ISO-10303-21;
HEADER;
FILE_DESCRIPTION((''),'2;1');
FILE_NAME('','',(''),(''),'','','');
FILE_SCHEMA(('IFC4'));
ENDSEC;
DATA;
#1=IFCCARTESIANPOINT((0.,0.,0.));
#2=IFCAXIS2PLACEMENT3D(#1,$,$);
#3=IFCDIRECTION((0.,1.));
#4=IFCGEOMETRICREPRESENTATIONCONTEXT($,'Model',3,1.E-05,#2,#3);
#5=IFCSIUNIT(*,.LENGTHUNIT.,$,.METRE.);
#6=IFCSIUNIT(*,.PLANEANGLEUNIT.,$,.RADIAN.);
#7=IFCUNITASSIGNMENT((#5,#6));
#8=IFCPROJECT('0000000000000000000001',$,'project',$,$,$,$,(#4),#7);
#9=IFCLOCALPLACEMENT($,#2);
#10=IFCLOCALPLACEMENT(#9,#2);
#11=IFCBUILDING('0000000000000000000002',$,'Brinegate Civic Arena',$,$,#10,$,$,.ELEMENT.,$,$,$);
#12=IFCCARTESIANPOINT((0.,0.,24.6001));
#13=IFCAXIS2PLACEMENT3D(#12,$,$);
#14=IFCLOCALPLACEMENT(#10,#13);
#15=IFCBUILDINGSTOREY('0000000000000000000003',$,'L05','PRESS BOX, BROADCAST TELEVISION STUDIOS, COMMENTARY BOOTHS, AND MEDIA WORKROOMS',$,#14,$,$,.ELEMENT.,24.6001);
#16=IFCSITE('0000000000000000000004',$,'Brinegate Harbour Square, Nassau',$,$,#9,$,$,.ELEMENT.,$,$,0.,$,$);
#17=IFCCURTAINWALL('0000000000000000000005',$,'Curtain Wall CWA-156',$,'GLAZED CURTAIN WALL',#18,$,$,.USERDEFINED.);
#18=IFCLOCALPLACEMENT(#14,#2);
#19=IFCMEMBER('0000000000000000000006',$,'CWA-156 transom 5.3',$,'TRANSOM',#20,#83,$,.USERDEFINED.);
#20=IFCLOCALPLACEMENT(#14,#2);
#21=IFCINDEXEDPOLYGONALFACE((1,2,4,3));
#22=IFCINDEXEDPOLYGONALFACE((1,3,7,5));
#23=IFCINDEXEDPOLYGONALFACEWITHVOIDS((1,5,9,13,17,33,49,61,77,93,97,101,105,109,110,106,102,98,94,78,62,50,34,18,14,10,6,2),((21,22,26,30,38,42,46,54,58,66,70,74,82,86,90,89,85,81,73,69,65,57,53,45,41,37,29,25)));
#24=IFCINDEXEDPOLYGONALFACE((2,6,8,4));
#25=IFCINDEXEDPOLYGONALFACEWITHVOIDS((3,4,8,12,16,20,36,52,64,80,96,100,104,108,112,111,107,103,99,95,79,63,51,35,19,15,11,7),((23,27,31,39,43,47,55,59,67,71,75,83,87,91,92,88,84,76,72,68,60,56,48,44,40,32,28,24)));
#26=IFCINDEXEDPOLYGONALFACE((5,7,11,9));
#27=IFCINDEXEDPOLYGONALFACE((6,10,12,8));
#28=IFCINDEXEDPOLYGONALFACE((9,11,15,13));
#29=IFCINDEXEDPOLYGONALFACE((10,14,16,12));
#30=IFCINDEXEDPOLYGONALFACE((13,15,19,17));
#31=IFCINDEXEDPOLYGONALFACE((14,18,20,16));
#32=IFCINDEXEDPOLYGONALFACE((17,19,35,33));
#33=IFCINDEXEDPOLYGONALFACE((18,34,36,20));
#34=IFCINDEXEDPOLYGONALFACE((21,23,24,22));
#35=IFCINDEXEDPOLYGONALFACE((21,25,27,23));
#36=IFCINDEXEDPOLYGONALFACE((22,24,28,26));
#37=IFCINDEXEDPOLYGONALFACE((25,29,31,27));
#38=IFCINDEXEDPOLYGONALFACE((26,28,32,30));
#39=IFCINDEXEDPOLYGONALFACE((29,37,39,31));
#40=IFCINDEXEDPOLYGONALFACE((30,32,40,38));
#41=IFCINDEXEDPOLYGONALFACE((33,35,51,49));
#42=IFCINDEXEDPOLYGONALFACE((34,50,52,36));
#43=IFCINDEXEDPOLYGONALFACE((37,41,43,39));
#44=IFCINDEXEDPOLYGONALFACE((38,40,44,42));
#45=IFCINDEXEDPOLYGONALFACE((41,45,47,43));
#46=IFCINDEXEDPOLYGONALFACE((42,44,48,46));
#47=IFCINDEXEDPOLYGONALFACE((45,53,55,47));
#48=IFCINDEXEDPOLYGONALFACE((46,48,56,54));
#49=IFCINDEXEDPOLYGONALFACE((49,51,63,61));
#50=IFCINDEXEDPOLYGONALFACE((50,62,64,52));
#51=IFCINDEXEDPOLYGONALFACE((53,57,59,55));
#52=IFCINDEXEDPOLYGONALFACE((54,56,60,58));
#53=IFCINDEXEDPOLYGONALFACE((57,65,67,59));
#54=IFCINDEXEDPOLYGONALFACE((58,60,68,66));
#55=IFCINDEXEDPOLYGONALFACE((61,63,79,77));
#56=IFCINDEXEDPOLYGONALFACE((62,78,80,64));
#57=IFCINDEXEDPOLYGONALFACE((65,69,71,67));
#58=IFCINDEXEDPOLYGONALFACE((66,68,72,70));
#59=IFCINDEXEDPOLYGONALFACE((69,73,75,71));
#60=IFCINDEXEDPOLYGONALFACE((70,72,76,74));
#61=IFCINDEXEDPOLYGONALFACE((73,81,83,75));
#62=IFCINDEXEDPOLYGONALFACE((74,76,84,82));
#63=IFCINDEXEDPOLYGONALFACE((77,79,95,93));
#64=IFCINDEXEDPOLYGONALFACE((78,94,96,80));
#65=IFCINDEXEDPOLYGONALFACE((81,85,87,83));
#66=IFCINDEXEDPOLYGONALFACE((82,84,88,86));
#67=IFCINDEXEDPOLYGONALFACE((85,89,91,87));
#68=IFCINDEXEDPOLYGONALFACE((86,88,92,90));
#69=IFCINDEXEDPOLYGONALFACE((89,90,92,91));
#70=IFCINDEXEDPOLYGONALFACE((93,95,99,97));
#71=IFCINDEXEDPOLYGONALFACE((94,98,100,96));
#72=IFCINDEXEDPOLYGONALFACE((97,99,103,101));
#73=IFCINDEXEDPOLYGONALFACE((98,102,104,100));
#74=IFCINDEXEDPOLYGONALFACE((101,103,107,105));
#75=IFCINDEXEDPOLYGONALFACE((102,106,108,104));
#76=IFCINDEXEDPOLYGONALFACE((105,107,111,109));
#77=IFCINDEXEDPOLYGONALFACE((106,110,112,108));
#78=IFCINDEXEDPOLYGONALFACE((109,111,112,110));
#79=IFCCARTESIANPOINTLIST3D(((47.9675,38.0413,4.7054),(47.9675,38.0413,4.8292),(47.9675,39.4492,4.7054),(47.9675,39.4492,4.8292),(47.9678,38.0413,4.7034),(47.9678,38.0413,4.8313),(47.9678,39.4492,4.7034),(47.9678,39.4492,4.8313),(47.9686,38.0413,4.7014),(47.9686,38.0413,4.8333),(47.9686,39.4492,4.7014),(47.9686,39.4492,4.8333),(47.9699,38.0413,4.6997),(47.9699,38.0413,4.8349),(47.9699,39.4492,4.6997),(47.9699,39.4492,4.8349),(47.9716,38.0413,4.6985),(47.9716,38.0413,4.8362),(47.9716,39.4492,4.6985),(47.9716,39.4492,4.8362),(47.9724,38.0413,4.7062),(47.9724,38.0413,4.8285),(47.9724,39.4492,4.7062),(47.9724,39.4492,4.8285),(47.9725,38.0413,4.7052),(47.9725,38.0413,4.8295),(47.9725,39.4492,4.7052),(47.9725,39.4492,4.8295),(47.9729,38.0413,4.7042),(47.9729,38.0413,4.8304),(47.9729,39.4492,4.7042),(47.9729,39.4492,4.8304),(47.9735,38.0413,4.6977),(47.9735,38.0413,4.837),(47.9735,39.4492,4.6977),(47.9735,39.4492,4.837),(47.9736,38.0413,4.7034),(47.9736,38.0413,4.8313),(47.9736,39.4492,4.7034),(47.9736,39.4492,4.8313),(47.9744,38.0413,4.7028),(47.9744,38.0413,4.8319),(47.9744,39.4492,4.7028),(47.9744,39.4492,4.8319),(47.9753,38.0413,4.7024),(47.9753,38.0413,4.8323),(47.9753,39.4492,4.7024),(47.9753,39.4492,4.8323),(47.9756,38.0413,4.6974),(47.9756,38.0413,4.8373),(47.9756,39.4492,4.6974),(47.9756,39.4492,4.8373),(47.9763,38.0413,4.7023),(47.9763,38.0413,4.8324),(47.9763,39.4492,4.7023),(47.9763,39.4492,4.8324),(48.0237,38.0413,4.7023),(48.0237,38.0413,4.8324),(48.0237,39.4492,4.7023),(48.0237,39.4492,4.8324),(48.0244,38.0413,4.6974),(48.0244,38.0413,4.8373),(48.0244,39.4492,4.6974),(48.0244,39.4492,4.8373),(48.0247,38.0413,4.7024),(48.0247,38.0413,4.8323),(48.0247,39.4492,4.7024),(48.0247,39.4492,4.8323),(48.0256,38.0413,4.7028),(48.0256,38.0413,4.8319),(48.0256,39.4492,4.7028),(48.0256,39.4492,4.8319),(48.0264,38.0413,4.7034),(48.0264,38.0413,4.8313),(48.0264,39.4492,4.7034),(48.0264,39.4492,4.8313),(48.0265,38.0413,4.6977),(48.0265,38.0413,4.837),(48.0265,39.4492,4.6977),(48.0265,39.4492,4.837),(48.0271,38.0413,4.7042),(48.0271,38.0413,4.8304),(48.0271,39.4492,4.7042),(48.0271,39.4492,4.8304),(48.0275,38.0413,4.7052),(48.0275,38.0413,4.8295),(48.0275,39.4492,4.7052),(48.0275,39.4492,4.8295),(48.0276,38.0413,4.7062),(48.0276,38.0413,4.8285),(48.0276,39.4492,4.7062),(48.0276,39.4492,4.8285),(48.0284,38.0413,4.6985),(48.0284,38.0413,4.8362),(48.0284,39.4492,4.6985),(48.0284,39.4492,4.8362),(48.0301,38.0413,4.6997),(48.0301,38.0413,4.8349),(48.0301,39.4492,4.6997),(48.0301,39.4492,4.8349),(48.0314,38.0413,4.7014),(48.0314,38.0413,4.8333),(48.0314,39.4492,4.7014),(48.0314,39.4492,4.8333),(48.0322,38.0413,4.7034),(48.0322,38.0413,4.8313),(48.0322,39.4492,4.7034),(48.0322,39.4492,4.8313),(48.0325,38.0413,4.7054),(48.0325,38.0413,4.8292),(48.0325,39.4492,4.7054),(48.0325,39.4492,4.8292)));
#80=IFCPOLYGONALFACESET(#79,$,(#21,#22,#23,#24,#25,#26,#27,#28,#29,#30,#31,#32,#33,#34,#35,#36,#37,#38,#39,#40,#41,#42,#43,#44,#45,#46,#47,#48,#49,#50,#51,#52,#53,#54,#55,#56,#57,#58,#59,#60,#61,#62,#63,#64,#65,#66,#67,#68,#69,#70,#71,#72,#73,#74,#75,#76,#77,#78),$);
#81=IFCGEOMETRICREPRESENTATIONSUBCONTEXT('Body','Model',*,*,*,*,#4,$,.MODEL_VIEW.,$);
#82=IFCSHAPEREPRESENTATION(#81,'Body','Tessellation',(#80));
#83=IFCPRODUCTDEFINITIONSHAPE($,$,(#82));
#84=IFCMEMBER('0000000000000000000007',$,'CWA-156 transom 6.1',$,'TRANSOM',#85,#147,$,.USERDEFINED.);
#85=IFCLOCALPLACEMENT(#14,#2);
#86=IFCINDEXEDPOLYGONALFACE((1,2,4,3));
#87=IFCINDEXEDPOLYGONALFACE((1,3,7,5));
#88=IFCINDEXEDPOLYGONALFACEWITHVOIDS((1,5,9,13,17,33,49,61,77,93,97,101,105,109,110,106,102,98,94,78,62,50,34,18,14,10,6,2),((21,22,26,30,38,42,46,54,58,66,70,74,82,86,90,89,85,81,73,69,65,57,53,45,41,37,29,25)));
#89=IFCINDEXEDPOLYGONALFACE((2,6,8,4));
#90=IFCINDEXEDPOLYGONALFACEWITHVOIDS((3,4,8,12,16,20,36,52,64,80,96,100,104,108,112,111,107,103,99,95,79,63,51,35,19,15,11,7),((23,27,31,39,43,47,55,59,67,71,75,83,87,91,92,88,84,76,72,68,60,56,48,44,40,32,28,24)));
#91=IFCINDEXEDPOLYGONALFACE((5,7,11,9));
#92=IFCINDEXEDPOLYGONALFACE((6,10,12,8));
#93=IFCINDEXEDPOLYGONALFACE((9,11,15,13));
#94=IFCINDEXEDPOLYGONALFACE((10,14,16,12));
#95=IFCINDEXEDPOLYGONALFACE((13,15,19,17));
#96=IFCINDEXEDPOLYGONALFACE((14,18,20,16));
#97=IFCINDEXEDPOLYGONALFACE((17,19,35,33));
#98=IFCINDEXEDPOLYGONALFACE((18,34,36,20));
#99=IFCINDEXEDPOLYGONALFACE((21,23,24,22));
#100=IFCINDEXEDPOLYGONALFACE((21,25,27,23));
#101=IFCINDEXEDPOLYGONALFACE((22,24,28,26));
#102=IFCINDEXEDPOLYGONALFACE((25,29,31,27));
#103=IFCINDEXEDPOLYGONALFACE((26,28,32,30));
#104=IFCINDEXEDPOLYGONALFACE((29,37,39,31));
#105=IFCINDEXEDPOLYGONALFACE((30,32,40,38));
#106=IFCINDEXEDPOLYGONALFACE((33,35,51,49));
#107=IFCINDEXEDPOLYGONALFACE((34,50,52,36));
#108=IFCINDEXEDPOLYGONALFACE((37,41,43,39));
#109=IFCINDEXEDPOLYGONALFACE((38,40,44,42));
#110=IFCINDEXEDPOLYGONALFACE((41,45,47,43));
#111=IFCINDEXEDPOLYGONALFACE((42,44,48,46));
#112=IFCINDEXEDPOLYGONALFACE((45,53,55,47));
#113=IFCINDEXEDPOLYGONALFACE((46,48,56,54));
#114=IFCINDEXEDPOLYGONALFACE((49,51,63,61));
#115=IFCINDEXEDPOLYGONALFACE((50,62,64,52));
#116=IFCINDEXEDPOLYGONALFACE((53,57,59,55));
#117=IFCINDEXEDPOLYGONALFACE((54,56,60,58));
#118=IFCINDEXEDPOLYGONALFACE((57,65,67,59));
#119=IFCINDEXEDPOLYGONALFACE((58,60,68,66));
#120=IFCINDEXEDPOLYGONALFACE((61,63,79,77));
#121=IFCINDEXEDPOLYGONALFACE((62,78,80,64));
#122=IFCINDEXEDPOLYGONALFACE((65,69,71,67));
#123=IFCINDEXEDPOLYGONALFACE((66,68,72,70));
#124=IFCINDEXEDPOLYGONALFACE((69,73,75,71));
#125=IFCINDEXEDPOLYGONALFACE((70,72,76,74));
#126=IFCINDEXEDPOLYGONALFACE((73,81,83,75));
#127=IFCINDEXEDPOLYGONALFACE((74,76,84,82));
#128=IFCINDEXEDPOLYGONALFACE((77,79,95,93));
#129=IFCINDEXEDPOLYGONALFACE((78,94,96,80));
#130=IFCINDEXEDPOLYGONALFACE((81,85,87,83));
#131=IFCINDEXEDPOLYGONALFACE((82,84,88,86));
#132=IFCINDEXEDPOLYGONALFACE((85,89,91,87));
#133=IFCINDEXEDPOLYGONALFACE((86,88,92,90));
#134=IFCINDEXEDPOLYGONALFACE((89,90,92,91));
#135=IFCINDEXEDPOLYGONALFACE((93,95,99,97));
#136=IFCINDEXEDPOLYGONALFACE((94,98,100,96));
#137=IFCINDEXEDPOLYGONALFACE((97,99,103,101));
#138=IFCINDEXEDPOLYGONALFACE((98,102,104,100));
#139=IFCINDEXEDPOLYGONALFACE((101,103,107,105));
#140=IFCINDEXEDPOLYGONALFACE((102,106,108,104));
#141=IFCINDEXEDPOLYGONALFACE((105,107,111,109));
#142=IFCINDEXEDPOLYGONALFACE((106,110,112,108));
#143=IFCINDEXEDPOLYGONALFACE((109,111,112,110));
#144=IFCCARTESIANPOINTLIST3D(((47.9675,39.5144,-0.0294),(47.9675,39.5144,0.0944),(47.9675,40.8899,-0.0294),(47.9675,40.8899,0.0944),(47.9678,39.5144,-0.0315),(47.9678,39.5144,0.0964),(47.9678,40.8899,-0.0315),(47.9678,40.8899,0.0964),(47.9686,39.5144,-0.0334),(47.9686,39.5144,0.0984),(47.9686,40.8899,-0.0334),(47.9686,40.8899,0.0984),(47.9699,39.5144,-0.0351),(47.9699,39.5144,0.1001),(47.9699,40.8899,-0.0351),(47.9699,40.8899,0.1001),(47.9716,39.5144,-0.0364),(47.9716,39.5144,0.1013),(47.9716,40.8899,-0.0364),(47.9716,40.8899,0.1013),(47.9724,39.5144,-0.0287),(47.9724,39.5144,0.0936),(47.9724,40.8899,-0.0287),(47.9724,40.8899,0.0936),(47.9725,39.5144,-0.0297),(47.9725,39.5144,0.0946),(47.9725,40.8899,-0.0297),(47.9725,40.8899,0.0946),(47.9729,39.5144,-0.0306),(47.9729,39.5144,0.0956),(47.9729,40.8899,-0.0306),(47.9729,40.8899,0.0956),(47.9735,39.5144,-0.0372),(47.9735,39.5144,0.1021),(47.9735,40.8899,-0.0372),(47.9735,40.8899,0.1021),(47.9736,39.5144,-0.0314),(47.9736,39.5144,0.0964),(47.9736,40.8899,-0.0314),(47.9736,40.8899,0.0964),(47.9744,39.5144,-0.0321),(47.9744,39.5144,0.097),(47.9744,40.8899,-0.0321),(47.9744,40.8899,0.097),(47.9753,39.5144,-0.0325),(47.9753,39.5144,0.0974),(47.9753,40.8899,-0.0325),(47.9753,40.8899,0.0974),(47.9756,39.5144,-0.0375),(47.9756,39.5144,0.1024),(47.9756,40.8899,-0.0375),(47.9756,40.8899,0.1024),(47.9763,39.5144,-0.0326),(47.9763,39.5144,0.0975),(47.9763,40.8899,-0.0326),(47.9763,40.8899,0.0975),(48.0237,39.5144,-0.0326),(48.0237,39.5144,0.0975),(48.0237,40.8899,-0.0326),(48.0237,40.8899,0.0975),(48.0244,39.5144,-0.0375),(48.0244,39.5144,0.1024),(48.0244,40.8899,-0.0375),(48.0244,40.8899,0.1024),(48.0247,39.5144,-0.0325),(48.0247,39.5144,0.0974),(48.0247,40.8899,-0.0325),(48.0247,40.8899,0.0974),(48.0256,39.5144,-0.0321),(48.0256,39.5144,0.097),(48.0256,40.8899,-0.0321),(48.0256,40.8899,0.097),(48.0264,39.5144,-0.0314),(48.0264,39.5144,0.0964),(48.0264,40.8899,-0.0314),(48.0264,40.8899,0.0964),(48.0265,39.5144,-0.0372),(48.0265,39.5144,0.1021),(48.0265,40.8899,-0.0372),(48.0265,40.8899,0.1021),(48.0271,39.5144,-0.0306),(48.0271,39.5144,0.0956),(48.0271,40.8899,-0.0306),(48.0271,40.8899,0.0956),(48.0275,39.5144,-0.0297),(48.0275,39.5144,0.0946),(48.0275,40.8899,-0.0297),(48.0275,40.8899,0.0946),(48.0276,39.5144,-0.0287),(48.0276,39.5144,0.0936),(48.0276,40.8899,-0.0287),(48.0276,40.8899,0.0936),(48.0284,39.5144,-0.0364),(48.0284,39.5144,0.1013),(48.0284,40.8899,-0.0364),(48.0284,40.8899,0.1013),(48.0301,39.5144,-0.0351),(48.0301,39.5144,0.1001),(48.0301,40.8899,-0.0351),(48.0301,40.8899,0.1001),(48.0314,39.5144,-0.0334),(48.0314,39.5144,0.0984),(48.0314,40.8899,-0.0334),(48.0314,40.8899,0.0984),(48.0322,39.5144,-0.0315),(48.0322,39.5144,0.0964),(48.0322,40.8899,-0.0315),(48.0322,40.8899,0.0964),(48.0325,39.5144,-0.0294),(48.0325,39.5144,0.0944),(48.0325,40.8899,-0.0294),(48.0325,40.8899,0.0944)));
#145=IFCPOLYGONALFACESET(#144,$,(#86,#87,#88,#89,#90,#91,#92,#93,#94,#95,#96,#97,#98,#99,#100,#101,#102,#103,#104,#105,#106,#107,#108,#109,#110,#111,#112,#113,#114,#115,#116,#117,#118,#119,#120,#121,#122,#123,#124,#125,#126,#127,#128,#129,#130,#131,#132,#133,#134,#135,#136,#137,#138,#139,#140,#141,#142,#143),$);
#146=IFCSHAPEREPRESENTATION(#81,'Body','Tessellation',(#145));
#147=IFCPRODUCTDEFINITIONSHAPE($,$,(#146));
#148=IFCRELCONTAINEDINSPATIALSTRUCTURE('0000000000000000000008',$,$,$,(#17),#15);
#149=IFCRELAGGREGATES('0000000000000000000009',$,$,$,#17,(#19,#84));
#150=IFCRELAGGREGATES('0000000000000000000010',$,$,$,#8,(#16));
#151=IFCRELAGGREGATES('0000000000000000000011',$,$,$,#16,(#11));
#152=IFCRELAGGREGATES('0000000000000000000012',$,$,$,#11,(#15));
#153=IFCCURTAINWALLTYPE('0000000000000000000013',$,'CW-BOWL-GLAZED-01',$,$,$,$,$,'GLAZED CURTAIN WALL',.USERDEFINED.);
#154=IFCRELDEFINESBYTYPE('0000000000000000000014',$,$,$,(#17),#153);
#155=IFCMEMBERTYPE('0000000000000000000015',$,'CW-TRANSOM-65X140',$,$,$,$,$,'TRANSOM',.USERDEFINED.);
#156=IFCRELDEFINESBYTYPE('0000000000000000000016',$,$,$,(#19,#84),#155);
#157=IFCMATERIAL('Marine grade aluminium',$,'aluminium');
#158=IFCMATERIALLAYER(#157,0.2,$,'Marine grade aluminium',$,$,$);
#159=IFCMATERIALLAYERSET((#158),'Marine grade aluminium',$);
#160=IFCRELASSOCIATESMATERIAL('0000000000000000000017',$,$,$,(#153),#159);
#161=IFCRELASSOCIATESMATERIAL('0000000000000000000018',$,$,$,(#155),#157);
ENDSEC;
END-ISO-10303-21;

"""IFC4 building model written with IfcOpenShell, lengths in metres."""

from ifc_helpers import new_model, si_unit, direction, frame, origin, origin_2d, place, context, subcontext, project, spatial, hollow_rectangle, extrude, material, layer, layer_set, material_profile, profile_set, type_object, element, aggregate, save


model = new_model("IFC4")

# Units and contexts
model_context = context("Model", 3, precision=1e-05, world=origin(), true_north=direction((0.0, 1.0)))
body_context = subcontext(model_context, "Body", "Model", "MODEL_VIEW")
ifc_project = project(units=[si_unit("LENGTHUNIT", "METRE"), si_unit("PLANEANGLEUNIT", "RADIAN")], contexts=[model_context])

# Site, building, storey
site_placement = place(None, origin())
site = spatial("IfcSite", under=ifc_project, at=site_placement, Name="Brinegate Harbour Square, Nassau", CompositionType="ELEMENT", RefElevation=0.0)
building_placement = place(site_placement, origin())
building = spatial("IfcBuilding", under=site, at=building_placement, Name="Brinegate Civic Arena", CompositionType="ELEMENT")
storey_placement = place(building_placement, frame((0.0, 0.0, 24.6001)))
storey = spatial("IfcBuildingStorey", under=building, at=storey_placement, Name="L05", Description="PRESS BOX, BROADCAST TELEVISION STUDIOS, COMMENTARY BOOTHS, AND MEDIA WORKROOMS", CompositionType="ELEMENT", Elevation=24.6001)

# Curtain wall
ifc_material_1 = material(Name="Marine grade aluminium", Category="aluminium")
ifc_layer_1 = layer(ifc_material_1, 0.2, Name="Marine grade aluminium")
ifc_layer_set_1 = layer_set([ifc_layer_1], Name="Marine grade aluminium")
curtain_wall_type = type_object("IfcCurtainWallType", Name="CW-BOWL-GLAZED-01", ElementType="GLAZED CURTAIN WALL", PredefinedType="USERDEFINED", material=ifc_layer_set_1)
curtain_wall_1_placement = place(storey_placement, origin())
curtain_wall_1 = element("IfcCurtainWall", 1, at=curtain_wall_1_placement, inside=storey, type_object=curtain_wall_type, Name="Curtain Wall CWA-156", ObjectType="GLAZED CURTAIN WALL", PredefinedType="USERDEFINED")

# Members
ifc_material_profile_1 = material_profile(ifc_material_1, hollow_rectangle(XDim=0.0649, YDim=0.1399, WallThickness=0.0049, InnerFilletRadius=0.0039, OuterFilletRadius=0.0081, at=origin_2d()), Name="TRN65X140")
ifc_profile_set_1 = profile_set([ifc_material_profile_1], Name="Marine grade aluminium")
member_type_1 = type_object("IfcMemberType", Name="CW-TRANSOM-65X140", ElementType="TRANSOM", PredefinedType="USERDEFINED", material=ifc_profile_set_1)
member_1_placement = place(storey_placement, frame((48.0, 38.0413, 4.7673), z_axis=(0.0, 1.0, 0.0), x_axis=(-1.0, 0.0, 0.0)))
member_1 = element("IfcMember", 2, at=member_1_placement, type_object=member_type_1, Name="CWA-156 transom 5.3", ObjectType="TRANSOM", PredefinedType="USERDEFINED", context=body_context, shape_type="SweptSolid", body=[
    extrude(hollow_rectangle(XDim=0.0649, YDim=0.1399, WallThickness=0.0049, InnerFilletRadius=0.0039, OuterFilletRadius=0.0081, at=origin_2d()), origin(), (0.0, 0.0, 1.0), 1.408),
])
member_2_placement = place(storey_placement, frame((48.0, 39.5144, 0.0325), z_axis=(0.0, 1.0, 0.0), x_axis=(-1.0, 0.0, 0.0)))
member_2 = element("IfcMember", 3, at=member_2_placement, type_object=member_type_1, Name="CWA-156 transom 6.1", ObjectType="TRANSOM", PredefinedType="USERDEFINED", context=body_context, shape_type="SweptSolid", body=[
    extrude(hollow_rectangle(XDim=0.0649, YDim=0.1399, WallThickness=0.0049, InnerFilletRadius=0.0039, OuterFilletRadius=0.0081, at=origin_2d()), origin(), (0.0, 0.0, 1.0), 1.3755),
])

aggregate(curtain_wall_1, [member_1, member_2])

save(model, "model.ifc")
